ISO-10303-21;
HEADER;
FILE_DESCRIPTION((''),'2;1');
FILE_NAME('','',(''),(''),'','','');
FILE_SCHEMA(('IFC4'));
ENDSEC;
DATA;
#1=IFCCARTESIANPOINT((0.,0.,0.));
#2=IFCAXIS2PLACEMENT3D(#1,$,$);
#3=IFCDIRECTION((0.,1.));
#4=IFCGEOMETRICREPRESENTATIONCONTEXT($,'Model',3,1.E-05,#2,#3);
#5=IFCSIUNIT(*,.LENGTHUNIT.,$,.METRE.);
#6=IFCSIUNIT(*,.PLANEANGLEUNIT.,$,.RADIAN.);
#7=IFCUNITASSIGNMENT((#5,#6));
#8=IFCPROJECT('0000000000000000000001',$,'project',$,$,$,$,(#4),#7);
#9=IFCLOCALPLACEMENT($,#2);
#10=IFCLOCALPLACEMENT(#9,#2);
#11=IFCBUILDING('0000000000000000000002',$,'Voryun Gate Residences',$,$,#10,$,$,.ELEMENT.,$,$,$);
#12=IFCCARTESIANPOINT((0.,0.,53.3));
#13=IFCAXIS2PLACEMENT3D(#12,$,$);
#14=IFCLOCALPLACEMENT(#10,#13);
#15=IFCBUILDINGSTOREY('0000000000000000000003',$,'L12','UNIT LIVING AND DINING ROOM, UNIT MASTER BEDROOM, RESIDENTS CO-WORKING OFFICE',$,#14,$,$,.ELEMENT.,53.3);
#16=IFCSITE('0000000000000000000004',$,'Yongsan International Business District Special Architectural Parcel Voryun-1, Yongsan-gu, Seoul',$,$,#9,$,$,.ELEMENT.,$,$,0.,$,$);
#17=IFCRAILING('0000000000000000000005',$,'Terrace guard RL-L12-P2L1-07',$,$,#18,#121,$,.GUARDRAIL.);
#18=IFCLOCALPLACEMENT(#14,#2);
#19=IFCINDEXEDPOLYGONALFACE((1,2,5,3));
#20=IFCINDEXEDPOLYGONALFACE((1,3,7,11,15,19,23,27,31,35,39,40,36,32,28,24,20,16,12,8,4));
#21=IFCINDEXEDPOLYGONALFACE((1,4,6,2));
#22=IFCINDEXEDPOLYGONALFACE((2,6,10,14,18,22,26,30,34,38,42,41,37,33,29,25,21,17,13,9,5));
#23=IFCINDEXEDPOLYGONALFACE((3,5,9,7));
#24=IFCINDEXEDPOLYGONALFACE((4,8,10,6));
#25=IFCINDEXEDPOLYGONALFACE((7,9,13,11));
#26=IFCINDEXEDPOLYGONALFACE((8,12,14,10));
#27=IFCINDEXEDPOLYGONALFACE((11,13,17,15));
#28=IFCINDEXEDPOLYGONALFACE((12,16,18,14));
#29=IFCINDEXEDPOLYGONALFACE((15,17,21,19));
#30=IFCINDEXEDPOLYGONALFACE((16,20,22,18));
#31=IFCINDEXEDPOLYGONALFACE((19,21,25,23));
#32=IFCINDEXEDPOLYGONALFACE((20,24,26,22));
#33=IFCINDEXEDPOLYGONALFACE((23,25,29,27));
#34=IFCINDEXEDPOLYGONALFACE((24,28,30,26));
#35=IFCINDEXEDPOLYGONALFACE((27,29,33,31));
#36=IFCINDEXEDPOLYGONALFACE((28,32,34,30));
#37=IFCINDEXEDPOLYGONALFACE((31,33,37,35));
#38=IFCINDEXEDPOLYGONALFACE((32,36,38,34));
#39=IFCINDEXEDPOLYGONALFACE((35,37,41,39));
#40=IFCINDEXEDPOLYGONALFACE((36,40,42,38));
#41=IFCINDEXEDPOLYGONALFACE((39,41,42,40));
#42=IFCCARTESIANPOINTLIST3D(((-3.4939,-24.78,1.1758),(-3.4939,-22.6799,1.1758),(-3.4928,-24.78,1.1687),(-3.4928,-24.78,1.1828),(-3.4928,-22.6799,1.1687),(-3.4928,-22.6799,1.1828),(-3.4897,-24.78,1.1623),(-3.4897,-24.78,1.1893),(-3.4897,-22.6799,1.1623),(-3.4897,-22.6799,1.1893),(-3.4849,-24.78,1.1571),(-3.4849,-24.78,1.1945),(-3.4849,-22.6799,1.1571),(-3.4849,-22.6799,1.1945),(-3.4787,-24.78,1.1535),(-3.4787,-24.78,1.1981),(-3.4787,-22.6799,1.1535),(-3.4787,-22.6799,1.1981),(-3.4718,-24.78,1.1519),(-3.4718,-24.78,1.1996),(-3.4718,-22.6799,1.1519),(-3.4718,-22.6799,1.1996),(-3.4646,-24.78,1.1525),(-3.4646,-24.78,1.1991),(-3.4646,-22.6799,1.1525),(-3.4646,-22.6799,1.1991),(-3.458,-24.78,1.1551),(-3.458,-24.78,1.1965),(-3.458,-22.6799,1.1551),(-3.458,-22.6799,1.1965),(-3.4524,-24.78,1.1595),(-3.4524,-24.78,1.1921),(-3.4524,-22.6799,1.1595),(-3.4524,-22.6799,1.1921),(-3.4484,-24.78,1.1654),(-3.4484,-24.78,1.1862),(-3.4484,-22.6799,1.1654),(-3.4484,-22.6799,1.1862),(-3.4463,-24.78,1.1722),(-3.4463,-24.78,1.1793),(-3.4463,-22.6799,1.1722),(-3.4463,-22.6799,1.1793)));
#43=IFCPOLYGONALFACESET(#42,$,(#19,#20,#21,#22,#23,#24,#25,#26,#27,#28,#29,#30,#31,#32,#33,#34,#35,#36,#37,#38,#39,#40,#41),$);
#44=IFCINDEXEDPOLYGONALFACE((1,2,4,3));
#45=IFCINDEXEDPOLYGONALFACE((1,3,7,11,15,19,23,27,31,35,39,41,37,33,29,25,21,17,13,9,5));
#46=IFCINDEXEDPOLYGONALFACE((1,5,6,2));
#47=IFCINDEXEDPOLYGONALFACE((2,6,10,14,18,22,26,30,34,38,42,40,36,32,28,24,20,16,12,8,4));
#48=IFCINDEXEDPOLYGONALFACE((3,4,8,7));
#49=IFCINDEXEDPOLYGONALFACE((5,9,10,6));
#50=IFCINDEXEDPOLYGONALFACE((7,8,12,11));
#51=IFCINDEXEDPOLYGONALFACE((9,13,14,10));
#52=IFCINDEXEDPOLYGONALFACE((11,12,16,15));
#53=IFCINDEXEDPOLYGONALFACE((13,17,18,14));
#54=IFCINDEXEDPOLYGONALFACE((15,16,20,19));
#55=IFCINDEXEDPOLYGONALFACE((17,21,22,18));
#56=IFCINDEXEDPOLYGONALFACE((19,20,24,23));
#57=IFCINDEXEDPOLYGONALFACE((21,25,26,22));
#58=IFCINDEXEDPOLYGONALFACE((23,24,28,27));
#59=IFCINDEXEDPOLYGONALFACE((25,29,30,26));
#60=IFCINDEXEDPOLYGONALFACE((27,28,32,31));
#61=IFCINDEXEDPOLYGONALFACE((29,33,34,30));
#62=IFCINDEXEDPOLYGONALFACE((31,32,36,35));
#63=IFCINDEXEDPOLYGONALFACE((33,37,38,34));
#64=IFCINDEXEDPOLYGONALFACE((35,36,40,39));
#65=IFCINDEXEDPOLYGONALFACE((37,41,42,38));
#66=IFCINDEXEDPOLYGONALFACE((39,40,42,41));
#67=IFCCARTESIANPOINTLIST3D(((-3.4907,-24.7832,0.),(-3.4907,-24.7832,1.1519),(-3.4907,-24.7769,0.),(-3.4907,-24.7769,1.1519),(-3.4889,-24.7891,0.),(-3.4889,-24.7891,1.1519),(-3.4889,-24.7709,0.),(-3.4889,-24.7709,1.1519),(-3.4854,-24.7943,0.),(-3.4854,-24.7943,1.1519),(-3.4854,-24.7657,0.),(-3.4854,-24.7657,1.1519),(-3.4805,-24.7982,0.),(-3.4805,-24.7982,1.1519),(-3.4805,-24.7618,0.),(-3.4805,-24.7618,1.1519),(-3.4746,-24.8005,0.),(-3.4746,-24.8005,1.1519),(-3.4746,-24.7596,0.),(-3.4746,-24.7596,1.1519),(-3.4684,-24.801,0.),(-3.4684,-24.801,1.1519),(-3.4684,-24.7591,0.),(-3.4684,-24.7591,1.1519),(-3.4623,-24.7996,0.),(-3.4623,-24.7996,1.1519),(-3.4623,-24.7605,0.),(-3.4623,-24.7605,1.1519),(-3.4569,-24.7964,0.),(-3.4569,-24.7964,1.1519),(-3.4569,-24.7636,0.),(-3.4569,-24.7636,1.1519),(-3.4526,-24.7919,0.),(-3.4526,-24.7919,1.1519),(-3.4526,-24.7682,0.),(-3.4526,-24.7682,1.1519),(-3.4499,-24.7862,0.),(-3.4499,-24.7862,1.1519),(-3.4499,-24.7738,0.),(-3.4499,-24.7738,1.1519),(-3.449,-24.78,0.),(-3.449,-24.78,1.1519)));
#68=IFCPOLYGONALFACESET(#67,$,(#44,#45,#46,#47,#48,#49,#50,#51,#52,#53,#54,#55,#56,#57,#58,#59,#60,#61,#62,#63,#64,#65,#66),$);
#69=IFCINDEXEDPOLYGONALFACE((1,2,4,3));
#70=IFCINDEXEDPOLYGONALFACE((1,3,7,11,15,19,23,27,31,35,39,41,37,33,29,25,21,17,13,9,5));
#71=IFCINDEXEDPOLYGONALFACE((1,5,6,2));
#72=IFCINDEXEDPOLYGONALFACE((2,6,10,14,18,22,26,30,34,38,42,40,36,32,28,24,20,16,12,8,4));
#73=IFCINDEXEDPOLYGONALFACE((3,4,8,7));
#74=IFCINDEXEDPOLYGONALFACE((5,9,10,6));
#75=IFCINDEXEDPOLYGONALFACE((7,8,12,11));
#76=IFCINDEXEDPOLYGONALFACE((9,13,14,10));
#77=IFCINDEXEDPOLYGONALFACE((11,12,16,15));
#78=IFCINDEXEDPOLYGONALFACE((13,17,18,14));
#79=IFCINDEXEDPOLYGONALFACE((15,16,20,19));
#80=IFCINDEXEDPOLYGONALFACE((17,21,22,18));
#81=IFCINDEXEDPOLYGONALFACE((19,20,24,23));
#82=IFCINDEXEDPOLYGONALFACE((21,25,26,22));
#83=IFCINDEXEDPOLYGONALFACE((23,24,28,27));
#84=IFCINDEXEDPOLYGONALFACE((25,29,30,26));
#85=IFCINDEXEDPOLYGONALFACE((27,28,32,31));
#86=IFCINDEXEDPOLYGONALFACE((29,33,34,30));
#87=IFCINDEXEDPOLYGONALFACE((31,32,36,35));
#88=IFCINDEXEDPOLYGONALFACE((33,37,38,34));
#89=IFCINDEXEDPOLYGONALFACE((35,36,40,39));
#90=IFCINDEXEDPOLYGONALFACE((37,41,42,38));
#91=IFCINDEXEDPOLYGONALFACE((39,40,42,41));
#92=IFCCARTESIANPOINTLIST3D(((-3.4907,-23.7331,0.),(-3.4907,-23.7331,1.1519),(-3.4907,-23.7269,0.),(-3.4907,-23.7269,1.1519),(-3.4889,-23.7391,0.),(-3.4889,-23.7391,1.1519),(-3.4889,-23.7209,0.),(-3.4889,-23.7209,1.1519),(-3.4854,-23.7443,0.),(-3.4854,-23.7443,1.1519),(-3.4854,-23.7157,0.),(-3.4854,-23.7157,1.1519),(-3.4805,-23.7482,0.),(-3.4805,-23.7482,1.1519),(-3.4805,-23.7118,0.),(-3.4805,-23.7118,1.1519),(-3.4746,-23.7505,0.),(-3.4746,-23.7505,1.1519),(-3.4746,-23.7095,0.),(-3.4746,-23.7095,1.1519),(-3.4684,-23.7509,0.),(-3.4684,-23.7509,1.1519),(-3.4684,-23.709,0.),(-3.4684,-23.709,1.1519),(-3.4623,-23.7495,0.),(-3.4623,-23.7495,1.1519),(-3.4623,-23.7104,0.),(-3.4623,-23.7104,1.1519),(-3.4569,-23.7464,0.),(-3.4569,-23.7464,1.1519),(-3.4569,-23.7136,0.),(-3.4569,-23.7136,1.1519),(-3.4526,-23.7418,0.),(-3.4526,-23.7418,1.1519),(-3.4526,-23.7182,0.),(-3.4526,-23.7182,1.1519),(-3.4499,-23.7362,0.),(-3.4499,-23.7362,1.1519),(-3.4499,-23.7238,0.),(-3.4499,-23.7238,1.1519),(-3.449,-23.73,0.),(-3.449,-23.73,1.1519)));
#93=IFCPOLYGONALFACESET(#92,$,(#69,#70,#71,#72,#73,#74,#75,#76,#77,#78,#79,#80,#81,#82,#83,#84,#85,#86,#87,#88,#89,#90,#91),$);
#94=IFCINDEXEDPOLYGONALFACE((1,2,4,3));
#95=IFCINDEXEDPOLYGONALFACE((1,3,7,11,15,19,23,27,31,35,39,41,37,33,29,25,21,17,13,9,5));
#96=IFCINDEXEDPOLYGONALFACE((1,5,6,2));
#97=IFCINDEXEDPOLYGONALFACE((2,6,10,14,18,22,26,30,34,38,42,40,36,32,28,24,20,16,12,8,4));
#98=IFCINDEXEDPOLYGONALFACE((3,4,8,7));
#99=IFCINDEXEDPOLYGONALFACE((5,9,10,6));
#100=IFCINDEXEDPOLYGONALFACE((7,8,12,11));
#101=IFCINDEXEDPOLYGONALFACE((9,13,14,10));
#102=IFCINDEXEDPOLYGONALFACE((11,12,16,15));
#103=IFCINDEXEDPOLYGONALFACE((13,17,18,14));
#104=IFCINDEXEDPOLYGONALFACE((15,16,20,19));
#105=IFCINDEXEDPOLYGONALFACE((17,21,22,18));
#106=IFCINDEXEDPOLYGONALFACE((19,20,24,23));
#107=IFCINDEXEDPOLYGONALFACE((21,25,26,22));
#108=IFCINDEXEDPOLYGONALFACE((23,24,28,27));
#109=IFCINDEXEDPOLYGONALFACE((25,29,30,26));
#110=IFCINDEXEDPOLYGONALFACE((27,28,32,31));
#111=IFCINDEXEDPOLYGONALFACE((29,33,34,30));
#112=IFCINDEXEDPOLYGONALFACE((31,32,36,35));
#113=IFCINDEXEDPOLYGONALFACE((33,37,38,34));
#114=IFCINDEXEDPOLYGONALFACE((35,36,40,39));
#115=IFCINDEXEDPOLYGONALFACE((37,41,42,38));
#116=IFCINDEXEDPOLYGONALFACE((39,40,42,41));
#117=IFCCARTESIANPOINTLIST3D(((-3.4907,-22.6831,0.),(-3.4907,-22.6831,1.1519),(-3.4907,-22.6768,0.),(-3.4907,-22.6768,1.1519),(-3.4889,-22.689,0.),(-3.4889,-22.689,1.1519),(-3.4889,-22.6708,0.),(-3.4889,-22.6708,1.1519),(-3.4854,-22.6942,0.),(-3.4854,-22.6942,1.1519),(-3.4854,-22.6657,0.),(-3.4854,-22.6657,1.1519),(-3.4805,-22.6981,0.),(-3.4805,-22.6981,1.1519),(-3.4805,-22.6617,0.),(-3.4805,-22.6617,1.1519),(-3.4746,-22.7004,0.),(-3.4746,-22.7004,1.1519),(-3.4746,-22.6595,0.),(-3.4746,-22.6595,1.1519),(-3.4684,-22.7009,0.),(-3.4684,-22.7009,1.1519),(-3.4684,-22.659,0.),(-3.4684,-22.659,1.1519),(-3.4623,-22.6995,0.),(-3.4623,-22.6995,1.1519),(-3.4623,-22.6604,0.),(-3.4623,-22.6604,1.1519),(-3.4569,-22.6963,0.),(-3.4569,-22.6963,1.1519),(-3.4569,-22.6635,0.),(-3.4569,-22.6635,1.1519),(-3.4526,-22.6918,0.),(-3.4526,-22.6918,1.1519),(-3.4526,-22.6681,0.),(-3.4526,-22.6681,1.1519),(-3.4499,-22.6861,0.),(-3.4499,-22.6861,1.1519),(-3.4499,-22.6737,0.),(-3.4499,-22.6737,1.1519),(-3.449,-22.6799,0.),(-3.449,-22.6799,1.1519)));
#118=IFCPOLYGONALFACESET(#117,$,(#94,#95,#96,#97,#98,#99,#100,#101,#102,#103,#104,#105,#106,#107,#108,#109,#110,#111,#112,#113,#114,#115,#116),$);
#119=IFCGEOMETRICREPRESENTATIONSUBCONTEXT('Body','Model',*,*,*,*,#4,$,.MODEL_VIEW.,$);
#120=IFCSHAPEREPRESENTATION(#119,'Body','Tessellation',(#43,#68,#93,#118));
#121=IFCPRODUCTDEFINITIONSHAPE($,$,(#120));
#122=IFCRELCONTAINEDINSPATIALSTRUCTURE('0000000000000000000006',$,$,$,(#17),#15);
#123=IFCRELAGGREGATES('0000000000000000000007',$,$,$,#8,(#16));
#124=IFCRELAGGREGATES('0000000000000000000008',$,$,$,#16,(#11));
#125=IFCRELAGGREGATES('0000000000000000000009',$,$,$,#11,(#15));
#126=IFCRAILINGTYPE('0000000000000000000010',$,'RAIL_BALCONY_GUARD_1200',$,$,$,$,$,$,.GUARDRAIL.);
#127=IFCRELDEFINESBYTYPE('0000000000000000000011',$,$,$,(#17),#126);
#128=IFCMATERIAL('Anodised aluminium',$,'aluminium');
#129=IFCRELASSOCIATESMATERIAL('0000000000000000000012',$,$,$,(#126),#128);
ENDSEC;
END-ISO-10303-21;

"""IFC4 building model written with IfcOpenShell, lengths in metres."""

from ifc_helpers import new_model, si_unit, direction, frame, origin, origin_2d, place, context, subcontext, project, spatial, circle, extrude, material, type_object, element, save


model = new_model("IFC4")

# Units and contexts
model_context = context("Model", 3, precision=1e-05, world=origin(), true_north=direction((0.0, 1.0)))
body_context = subcontext(model_context, "Body", "Model", "MODEL_VIEW")
ifc_project = project(units=[si_unit("LENGTHUNIT", "METRE"), si_unit("PLANEANGLEUNIT", "RADIAN")], contexts=[model_context])

# Site, building, storey
site_placement = place(None, origin())
site = spatial("IfcSite", under=ifc_project, at=site_placement, Name="Yongsan International Business District Special Architectural Parcel Voryun-1, Yongsan-gu, Seoul", CompositionType="ELEMENT", RefElevation=0.0)
building_placement = place(site_placement, origin())
building = spatial("IfcBuilding", under=site, at=building_placement, Name="Voryun Gate Residences", CompositionType="ELEMENT")
storey_placement = place(building_placement, frame((0.0, 0.0, 53.3)))
storey = spatial("IfcBuildingStorey", under=building, at=storey_placement, Name="L12", Description="UNIT LIVING AND DINING ROOM, UNIT MASTER BEDROOM, RESIDENTS CO-WORKING OFFICE", CompositionType="ELEMENT", Elevation=53.3)

# Railing
ifc_material_1 = material(Name="Anodised aluminium", Category="aluminium")
railing_type = type_object("IfcRailingType", Name="RAIL_BALCONY_GUARD_1200", PredefinedType="GUARDRAIL", material=ifc_material_1)
railing_1_placement = place(storey_placement, frame((-3.47, -24.78, 0.0)))
element("IfcRailing", 1, at=railing_1_placement, inside=storey, type_object=railing_type, Name="Terrace guard RL-L12-P2L1-07", PredefinedType="GUARDRAIL", context=body_context, shape_type="SweptSolid", body=[
    extrude(circle(Radius=0.0239, at=origin_2d()), frame((0.0, 0.0, 1.1758), z_axis=(0.0, 1.0, 0.0), x_axis=(-1.0, 0.0, 0.0)), (0.0, 0.0, 1.0), 2.1001),
    extrude(circle(Radius=0.021, at=origin_2d()), origin(), (0.0, 0.0, 1.0), 1.1519),
    extrude(circle(Radius=0.021, at=origin_2d()), frame((0.0, 1.05, 0.0)), (0.0, 0.0, 1.0), 1.1519),
    extrude(circle(Radius=0.021, at=origin_2d()), frame((0.0, 2.1001, 0.0)), (0.0, 0.0, 1.0), 1.1519),
])

save(model, "model.ifc")
